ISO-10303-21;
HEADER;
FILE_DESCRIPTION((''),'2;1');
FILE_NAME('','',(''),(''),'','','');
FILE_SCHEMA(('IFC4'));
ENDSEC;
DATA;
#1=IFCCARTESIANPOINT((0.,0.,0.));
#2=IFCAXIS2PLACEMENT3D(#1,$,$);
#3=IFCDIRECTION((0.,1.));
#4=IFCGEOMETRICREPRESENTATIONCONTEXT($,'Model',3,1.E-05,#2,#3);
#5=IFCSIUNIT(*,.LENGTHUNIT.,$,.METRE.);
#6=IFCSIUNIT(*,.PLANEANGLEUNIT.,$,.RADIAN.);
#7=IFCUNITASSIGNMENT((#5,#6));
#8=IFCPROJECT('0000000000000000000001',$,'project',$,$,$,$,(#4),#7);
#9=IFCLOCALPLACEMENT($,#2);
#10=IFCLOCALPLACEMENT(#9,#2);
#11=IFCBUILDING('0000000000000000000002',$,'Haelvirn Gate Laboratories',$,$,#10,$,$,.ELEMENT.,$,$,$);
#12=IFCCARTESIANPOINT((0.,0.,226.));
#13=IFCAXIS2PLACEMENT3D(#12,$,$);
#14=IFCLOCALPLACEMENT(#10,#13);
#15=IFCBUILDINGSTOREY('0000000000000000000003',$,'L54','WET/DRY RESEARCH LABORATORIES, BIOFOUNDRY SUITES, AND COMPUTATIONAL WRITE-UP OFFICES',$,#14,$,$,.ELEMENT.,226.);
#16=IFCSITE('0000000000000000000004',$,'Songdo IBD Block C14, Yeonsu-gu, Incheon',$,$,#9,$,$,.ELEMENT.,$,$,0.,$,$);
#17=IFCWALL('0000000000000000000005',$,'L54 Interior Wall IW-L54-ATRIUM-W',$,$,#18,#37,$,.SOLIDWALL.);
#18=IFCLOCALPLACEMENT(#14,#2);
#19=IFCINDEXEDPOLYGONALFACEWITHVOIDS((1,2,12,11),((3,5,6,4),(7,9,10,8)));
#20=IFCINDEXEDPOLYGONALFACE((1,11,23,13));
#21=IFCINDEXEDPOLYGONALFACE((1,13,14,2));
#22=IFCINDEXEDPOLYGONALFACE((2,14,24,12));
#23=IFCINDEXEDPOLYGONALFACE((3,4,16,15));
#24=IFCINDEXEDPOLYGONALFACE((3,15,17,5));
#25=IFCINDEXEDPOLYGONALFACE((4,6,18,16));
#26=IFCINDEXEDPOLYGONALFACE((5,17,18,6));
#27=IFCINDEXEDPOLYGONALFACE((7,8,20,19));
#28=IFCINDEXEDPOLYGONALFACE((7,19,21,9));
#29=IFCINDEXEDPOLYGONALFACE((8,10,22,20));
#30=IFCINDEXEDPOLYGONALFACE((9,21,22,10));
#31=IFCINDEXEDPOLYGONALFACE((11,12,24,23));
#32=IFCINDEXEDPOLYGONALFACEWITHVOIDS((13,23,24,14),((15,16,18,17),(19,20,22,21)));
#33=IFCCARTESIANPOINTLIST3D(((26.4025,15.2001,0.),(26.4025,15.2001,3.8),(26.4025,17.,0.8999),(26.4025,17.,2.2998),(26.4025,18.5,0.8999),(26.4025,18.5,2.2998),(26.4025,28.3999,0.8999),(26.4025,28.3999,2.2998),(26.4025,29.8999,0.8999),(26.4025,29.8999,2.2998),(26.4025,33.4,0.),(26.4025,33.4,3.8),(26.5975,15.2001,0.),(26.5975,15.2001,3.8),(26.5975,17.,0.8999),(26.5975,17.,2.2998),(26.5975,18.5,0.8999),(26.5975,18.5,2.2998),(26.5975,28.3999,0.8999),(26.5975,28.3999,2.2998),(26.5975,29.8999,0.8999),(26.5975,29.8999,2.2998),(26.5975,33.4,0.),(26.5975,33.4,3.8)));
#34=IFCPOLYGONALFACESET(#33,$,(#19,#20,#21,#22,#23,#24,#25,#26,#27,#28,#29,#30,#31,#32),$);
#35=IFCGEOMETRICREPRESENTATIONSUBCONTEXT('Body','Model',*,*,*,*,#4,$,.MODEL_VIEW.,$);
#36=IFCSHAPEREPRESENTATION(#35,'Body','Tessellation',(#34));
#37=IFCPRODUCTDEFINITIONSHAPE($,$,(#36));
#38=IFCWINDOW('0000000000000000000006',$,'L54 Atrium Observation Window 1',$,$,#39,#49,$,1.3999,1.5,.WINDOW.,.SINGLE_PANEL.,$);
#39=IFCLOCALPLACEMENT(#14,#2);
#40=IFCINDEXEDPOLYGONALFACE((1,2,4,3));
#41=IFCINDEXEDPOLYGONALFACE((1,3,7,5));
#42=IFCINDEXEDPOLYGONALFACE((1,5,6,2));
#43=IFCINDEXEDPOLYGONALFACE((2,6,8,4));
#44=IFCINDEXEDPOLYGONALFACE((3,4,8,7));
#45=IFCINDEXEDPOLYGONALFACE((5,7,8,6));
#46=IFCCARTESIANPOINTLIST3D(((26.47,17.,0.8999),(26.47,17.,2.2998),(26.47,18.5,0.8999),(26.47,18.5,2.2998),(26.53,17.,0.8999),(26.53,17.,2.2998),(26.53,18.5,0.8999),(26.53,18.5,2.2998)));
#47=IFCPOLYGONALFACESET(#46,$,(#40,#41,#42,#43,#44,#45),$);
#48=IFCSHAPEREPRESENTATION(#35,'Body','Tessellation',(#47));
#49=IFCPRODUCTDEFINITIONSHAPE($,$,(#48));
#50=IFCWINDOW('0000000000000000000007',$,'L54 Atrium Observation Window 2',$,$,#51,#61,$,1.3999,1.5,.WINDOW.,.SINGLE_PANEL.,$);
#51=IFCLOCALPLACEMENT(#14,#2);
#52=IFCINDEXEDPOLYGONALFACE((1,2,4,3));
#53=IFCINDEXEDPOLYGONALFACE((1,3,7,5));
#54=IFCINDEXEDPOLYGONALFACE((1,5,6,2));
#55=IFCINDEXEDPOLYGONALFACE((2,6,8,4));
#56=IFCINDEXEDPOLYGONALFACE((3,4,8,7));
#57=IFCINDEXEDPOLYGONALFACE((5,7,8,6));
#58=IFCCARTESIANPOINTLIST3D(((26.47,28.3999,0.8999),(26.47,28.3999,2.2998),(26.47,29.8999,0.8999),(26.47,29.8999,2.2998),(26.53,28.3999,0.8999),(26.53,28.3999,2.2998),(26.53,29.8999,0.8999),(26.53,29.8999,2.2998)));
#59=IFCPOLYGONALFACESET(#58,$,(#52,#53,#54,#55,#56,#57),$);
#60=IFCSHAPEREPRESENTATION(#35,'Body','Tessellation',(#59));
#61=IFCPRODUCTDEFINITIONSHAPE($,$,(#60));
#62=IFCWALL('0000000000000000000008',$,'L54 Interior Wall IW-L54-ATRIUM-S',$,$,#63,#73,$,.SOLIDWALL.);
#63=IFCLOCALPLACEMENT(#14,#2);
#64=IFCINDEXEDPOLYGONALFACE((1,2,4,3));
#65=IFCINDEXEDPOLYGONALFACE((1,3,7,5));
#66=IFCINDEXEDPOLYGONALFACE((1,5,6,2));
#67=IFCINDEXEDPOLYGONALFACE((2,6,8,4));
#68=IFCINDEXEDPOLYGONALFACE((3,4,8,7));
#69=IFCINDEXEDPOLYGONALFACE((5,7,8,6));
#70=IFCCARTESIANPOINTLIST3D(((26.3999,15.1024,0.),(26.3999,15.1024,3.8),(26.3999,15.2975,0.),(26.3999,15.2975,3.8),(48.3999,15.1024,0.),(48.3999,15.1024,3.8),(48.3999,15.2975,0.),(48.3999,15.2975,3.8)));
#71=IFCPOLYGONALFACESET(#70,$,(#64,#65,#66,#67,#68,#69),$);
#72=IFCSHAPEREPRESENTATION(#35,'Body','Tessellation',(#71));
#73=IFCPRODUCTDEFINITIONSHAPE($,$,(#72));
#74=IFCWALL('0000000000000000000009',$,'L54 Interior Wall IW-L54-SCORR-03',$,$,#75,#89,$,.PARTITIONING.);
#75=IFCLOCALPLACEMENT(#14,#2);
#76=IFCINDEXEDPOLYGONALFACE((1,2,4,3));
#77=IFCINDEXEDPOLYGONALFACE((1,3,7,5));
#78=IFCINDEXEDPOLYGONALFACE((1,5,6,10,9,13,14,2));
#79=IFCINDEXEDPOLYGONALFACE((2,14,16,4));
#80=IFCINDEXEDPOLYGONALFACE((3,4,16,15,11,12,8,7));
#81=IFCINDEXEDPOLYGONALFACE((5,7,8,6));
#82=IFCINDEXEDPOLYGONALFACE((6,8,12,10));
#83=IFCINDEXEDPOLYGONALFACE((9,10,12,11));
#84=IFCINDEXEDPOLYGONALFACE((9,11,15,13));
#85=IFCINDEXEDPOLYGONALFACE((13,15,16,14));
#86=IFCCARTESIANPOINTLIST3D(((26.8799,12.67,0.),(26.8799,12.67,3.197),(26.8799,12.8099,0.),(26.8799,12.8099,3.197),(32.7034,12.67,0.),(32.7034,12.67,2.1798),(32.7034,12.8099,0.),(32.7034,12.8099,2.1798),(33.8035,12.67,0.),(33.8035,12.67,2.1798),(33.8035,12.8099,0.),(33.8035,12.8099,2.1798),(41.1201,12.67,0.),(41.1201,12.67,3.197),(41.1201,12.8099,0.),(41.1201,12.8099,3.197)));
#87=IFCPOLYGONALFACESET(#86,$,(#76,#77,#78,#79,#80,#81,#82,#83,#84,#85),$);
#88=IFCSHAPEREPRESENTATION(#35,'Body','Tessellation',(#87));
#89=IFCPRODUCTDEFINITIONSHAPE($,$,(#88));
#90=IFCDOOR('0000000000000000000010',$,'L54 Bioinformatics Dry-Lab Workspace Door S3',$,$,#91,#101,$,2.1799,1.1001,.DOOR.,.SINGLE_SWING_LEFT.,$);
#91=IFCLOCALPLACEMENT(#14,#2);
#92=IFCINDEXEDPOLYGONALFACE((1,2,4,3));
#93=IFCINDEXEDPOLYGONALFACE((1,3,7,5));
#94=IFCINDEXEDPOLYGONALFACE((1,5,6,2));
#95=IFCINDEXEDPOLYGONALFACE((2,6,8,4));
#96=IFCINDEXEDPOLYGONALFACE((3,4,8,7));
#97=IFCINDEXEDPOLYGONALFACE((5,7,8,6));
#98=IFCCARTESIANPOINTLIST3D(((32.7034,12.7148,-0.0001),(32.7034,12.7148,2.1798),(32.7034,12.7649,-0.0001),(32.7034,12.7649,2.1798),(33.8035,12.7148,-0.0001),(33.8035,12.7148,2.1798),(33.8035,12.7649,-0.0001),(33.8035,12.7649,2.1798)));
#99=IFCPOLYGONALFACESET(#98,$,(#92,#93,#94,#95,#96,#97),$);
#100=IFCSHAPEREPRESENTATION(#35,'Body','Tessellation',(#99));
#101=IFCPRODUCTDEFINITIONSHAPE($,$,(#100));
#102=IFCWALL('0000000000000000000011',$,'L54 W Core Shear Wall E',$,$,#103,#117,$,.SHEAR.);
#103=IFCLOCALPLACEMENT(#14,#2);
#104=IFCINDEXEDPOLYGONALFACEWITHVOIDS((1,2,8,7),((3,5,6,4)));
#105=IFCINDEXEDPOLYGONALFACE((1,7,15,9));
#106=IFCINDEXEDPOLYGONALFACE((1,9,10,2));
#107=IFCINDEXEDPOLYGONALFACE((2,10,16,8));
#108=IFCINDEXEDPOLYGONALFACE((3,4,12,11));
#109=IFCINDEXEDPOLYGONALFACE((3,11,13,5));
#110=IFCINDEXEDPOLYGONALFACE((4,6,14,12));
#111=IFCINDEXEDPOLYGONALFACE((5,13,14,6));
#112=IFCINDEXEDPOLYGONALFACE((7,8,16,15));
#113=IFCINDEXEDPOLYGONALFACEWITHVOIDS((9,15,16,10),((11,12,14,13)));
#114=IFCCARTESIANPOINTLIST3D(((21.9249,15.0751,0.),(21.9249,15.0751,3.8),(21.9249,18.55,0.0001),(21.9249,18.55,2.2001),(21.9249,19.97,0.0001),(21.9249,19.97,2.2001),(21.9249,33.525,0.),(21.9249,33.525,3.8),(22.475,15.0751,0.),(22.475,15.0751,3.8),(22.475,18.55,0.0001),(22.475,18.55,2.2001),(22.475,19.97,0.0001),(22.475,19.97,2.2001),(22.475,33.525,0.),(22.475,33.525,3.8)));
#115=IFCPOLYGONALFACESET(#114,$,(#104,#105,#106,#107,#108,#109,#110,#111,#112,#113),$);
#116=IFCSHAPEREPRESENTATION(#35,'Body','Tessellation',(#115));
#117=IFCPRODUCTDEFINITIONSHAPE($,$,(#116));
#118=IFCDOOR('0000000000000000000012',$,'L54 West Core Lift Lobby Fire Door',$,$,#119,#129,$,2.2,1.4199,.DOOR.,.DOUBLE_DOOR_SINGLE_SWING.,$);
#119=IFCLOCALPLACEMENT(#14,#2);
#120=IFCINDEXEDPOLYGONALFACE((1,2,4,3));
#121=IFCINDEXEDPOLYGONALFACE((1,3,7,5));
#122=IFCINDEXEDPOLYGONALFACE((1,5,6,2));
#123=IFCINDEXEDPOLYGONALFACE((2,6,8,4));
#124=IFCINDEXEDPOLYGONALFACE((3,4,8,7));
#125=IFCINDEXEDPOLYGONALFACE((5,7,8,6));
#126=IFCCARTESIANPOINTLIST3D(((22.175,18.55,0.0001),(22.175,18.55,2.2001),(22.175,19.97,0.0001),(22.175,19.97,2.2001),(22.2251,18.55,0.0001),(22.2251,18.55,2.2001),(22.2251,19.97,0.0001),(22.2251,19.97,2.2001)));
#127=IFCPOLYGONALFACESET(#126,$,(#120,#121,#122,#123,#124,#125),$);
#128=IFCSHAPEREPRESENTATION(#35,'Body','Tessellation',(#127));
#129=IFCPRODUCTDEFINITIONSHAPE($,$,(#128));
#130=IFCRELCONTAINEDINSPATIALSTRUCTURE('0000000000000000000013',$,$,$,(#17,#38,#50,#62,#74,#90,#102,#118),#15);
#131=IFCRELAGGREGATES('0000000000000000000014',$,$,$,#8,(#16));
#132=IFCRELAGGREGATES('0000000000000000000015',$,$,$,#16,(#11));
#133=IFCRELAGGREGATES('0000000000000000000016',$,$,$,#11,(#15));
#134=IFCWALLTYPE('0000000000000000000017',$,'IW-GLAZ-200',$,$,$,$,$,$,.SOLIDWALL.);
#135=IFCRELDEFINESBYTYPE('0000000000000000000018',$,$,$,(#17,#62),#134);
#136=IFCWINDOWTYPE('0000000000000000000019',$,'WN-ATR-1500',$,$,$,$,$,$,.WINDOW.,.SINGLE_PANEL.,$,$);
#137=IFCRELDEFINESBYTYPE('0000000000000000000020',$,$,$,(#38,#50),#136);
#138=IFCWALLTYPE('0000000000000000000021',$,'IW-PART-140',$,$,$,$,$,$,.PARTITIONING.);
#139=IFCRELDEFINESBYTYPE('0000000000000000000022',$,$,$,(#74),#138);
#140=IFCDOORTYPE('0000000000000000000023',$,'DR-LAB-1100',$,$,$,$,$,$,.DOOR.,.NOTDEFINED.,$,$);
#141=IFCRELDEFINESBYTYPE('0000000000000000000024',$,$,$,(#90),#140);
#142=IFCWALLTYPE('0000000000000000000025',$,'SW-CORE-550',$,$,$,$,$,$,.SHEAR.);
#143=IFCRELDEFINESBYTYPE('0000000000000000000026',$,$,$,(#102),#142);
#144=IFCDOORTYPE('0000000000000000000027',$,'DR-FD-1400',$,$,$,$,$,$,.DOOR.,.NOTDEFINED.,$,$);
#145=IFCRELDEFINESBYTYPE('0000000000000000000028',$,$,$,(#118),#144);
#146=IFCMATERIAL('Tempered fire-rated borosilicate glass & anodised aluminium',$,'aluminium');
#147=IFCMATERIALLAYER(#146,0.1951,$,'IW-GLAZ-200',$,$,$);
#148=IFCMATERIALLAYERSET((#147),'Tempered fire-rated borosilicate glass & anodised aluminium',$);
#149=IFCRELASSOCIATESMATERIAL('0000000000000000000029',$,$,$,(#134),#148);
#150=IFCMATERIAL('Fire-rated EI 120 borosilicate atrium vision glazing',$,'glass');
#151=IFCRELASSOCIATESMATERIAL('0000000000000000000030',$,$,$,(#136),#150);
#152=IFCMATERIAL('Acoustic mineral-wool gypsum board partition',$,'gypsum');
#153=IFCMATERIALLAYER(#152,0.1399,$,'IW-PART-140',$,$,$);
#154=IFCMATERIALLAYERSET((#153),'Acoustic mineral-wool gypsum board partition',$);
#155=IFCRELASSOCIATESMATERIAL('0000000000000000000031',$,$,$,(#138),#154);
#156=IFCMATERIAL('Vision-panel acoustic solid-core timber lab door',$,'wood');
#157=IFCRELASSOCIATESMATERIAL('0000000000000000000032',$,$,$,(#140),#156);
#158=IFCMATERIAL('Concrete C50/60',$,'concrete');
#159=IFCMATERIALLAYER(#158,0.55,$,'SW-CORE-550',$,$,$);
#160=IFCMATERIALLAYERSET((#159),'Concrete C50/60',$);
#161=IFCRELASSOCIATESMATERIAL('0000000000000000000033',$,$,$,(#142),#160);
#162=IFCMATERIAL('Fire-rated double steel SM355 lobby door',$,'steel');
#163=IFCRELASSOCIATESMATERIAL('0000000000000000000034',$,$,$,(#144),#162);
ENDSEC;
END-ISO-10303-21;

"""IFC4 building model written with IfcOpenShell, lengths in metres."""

from ifc_helpers import new_model, si_unit, direction, frame, frame_2d, origin, place, context, subcontext, project, spatial, rectangle, extrude, source, transform, mapped, material, layer, layer_set, type_object, type_shapes, element, fill, save


model = new_model("IFC4")

# Units and contexts
model_context = context("Model", 3, precision=1e-05, world=origin(), true_north=direction((0.0, 1.0)))
body_context = subcontext(model_context, "Body", "Model", "MODEL_VIEW")
ifc_project = project(units=[si_unit("LENGTHUNIT", "METRE"), si_unit("PLANEANGLEUNIT", "RADIAN")], contexts=[model_context])

# Site, building, storey
site_placement = place(None, origin())
site = spatial("IfcSite", under=ifc_project, at=site_placement, Name="Songdo IBD Block C14, Yeonsu-gu, Incheon", CompositionType="ELEMENT", RefElevation=0.0)
building_placement = place(site_placement, origin())
building = spatial("IfcBuilding", under=site, at=building_placement, Name="Haelvirn Gate Laboratories", CompositionType="ELEMENT")
storey_placement = place(building_placement, frame((0.0, 0.0, 226.0)))
storey = spatial("IfcBuildingStorey", under=building, at=storey_placement, Name="L54", Description="WET/DRY RESEARCH LABORATORIES, BIOFOUNDRY SUITES, AND COMPUTATIONAL WRITE-UP OFFICES", CompositionType="ELEMENT", Elevation=226.0)

# Wall, openings, windows
ifc_material_1 = material(Name="Tempered fire-rated borosilicate glass & anodised aluminium", Category="aluminium")
ifc_layer_1 = layer(ifc_material_1, 0.1951, Name="IW-GLAZ-200")
ifc_layer_set_1 = layer_set([ifc_layer_1], Name="Tempered fire-rated borosilicate glass & anodised aluminium")
wall_type_1 = type_object("IfcWallType", Name="IW-GLAZ-200", PredefinedType="SOLIDWALL", material=ifc_layer_set_1)
wall_1_placement = place(storey_placement, frame((26.5, 15.2, 0.0), z_axis=(0.0, 0.0, 1.0), x_axis=(0.0, 1.0, 0.0)))
wall_1 = element("IfcWall", 1, at=wall_1_placement, inside=storey, type_object=wall_type_1, Name="L54 Interior Wall IW-L54-ATRIUM-W", PredefinedType="SOLIDWALL", context=body_context, shape_type="SweptSolid", body=[
    extrude(rectangle(XDim=18.2, YDim=0.1951, at=frame_2d((9.1001, 0.0))), origin(), (0.0, 0.0, 1.0), 3.8),
])
opening_1_placement = place(wall_1_placement, frame((1.8, 0.0, 0.8999)))
opening_1 = element("IfcOpeningElement", 2, at=opening_1_placement, cuts=wall_1, PredefinedType="OPENING", context=body_context, shape_type="SweptSolid", body=[
    extrude(rectangle(XDim=1.5, YDim=1.3999, at=frame_2d((0.75, 0.7))), frame((0.0, 0.1074, 0.0), z_axis=(0.0, -1.0, 0.0), x_axis=(1.0, 0.0, 0.0)), (0.0, 0.0, 1.0), 0.2151),
])
opening_2_placement = place(wall_1_placement, frame((13.2, 0.0, 0.8999)))
opening_2 = element("IfcOpeningElement", 3, at=opening_2_placement, cuts=wall_1, PredefinedType="OPENING", context=body_context, shape_type="SweptSolid", body=[
    extrude(rectangle(XDim=1.5, YDim=1.3999, at=frame_2d((0.75, 0.7))), frame((0.0, 0.1074, 0.0), z_axis=(0.0, -1.0, 0.0), x_axis=(1.0, 0.0, 0.0)), (0.0, 0.0, 1.0), 0.2151),
])
ifc_material_2 = material(Name="Fire-rated EI 120 borosilicate atrium vision glazing", Category="glass")
window_type = type_object("IfcWindowType", Name="WN-ATR-1500", PartitioningType="SINGLE_PANEL", PredefinedType="WINDOW", material=ifc_material_2)
shared_shape_1 = source(origin(), body_context, "Body", "SweptSolid", [
    extrude(rectangle(XDim=1.5, YDim=1.3999, at=frame_2d((0.75, 0.7))), frame((0.0, 0.03, 0.0), z_axis=(0.0, -1.0, 0.0), x_axis=(1.0, 0.0, 0.0)), (0.0, 0.0, 1.0), 0.0601),
])
type_shapes(window_type, [shared_shape_1])
window_1_placement = place(opening_1_placement, origin())
window_1 = element("IfcWindow", 4, at=window_1_placement, inside=storey, type_object=window_type, Name="L54 Atrium Observation Window 1", OverallHeight=1.3999, OverallWidth=1.5, PartitioningType="SINGLE_PANEL", PredefinedType="WINDOW", context=body_context, shape_type="MappedRepresentation", body=[
    mapped(shared_shape_1, transform((0.0, 0.0, 0.0), scale=1.0)),
])
fill(opening_1, window_1)
window_2_placement = place(opening_2_placement, origin())
window_2 = element("IfcWindow", 5, at=window_2_placement, inside=storey, type_object=window_type, Name="L54 Atrium Observation Window 2", OverallHeight=1.3999, OverallWidth=1.5, PartitioningType="SINGLE_PANEL", PredefinedType="WINDOW", context=body_context, shape_type="MappedRepresentation", body=[
    mapped(shared_shape_1, transform((0.0, 0.0, 0.0), scale=1.0)),
])
fill(opening_2, window_2)

# Wall
wall_2_placement = place(storey_placement, frame((26.3999, 15.2, 0.0), z_axis=(0.0, 0.0, 1.0), x_axis=(1.0, 0.0, 0.0)))
element("IfcWall", 6, at=wall_2_placement, inside=storey, type_object=wall_type_1, Name="L54 Interior Wall IW-L54-ATRIUM-S", PredefinedType="SOLIDWALL", context=body_context, shape_type="SweptSolid", body=[
    extrude(rectangle(XDim=22.0, YDim=0.1951, at=frame_2d((11.0, 0.0))), origin(), (0.0, 0.0, 1.0), 3.8),
])

# Walls, openings, doors
ifc_material_3 = material(Name="Acoustic mineral-wool gypsum board partition", Category="gypsum")
ifc_layer_2 = layer(ifc_material_3, 0.1399, Name="IW-PART-140")
ifc_layer_set_2 = layer_set([ifc_layer_2], Name="Acoustic mineral-wool gypsum board partition")
wall_type_2 = type_object("IfcWallType", Name="IW-PART-140", PredefinedType="PARTITIONING", material=ifc_layer_set_2)
wall_3_placement = place(storey_placement, frame((26.8799, 12.74, 0.0), z_axis=(0.0, 0.0, 1.0), x_axis=(1.0, 0.0, 0.0)))
wall_3 = element("IfcWall", 7, at=wall_3_placement, inside=storey, type_object=wall_type_2, Name="L54 Interior Wall IW-L54-SCORR-03", PredefinedType="PARTITIONING", context=body_context, shape_type="SweptSolid", body=[
    extrude(rectangle(XDim=14.2402, YDim=0.1399, at=frame_2d((7.1201, 0.0))), origin(), (0.0, 0.0, 1.0), 3.197),
])
opening_3_placement = place(wall_3_placement, frame((5.8235, 0.0, 0.0)))
opening_3 = element("IfcOpeningElement", 8, at=opening_3_placement, cuts=wall_3, PredefinedType="OPENING", context=body_context, shape_type="SweptSolid", body=[
    extrude(rectangle(XDim=1.1001, YDim=2.1799, at=frame_2d((0.55, 1.0898))), frame((0.0, 0.0801, 0.0), z_axis=(0.0, -1.0, 0.0), x_axis=(1.0, 0.0, 0.0)), (0.0, 0.0, 1.0), 0.1599),
])
ifc_material_4 = material(Name="Vision-panel acoustic solid-core timber lab door", Category="wood")
door_type_1 = type_object("IfcDoorType", Name="DR-LAB-1100", OperationType="NOTDEFINED", PredefinedType="DOOR", material=ifc_material_4)
shared_shape_2 = source(origin(), body_context, "Body", "SweptSolid", [
    extrude(rectangle(XDim=1.1001, YDim=2.1799, at=frame_2d((0.55, 1.0898))), frame((0.0, 0.0249, 0.0), z_axis=(0.0, -1.0, 0.0), x_axis=(1.0, 0.0, 0.0)), (0.0, 0.0, 1.0), 0.05),
])
type_shapes(door_type_1, [shared_shape_2])
door_1_placement = place(opening_3_placement, origin())
door_1 = element("IfcDoor", 9, at=door_1_placement, inside=storey, type_object=door_type_1, Name="L54 Bioinformatics Dry-Lab Workspace Door S3", OperationType="SINGLE_SWING_LEFT", OverallHeight=2.1799, OverallWidth=1.1001, PredefinedType="DOOR", context=body_context, shape_type="MappedRepresentation", body=[
    mapped(shared_shape_2, transform((0.0, 0.0, 0.0), scale=1.0)),
])
fill(opening_3, door_1)
ifc_material_5 = material(Name="Concrete C50/60", Category="concrete")
ifc_layer_3 = layer(ifc_material_5, 0.55, Name="SW-CORE-550")
ifc_layer_set_3 = layer_set([ifc_layer_3], Name="Concrete C50/60")
wall_type_3 = type_object("IfcWallType", Name="SW-CORE-550", PredefinedType="SHEAR", material=ifc_layer_set_3)
wall_4_placement = place(storey_placement, frame((22.2, 15.075, 0.0), z_axis=(0.0, 0.0, 1.0), x_axis=(0.0, 1.0, 0.0)))
wall_4 = element("IfcWall", 10, at=wall_4_placement, inside=storey, type_object=wall_type_3, Name="L54 W Core Shear Wall E", PredefinedType="SHEAR", context=body_context, shape_type="SweptSolid", body=[
    extrude(rectangle(XDim=18.45, YDim=0.55, at=frame_2d((9.2251, 0.0))), origin(), (0.0, 0.0, 1.0), 3.8),
])
opening_4_placement = place(wall_4_placement, frame((3.4751, 0.0, 0.0)))
opening_4 = element("IfcOpeningElement", 11, at=opening_4_placement, cuts=wall_4, PredefinedType="OPENING", context=body_context, shape_type="SweptSolid", body=[
    extrude(rectangle(XDim=1.4199, YDim=2.2, at=frame_2d((0.71, 1.1001))), frame((0.0, 0.2852, 0.0), z_axis=(0.0, -1.0, 0.0), x_axis=(1.0, 0.0, 0.0)), (0.0, 0.0, 1.0), 0.5701),
])
ifc_material_6 = material(Name="Fire-rated double steel SM355 lobby door", Category="steel")
door_type_2 = type_object("IfcDoorType", Name="DR-FD-1400", OperationType="NOTDEFINED", PredefinedType="DOOR", material=ifc_material_6)
shared_shape_3 = source(origin(), body_context, "Body", "SweptSolid", [
    extrude(rectangle(XDim=1.4199, YDim=2.2, at=frame_2d((0.71, 1.1001))), frame((0.0, 0.0249, 0.0), z_axis=(0.0, -1.0, 0.0), x_axis=(1.0, 0.0, 0.0)), (0.0, 0.0, 1.0), 0.05),
])
type_shapes(door_type_2, [shared_shape_3])
door_2_placement = place(opening_4_placement, origin())
door_2 = element("IfcDoor", 12, at=door_2_placement, inside=storey, type_object=door_type_2, Name="L54 West Core Lift Lobby Fire Door", OperationType="DOUBLE_DOOR_SINGLE_SWING", OverallHeight=2.2, OverallWidth=1.4199, PredefinedType="DOOR", context=body_context, shape_type="MappedRepresentation", body=[
    mapped(shared_shape_3, transform((0.0, 0.0, 0.0), scale=1.0)),
])
fill(opening_4, door_2)

save(model, "model.ifc")
